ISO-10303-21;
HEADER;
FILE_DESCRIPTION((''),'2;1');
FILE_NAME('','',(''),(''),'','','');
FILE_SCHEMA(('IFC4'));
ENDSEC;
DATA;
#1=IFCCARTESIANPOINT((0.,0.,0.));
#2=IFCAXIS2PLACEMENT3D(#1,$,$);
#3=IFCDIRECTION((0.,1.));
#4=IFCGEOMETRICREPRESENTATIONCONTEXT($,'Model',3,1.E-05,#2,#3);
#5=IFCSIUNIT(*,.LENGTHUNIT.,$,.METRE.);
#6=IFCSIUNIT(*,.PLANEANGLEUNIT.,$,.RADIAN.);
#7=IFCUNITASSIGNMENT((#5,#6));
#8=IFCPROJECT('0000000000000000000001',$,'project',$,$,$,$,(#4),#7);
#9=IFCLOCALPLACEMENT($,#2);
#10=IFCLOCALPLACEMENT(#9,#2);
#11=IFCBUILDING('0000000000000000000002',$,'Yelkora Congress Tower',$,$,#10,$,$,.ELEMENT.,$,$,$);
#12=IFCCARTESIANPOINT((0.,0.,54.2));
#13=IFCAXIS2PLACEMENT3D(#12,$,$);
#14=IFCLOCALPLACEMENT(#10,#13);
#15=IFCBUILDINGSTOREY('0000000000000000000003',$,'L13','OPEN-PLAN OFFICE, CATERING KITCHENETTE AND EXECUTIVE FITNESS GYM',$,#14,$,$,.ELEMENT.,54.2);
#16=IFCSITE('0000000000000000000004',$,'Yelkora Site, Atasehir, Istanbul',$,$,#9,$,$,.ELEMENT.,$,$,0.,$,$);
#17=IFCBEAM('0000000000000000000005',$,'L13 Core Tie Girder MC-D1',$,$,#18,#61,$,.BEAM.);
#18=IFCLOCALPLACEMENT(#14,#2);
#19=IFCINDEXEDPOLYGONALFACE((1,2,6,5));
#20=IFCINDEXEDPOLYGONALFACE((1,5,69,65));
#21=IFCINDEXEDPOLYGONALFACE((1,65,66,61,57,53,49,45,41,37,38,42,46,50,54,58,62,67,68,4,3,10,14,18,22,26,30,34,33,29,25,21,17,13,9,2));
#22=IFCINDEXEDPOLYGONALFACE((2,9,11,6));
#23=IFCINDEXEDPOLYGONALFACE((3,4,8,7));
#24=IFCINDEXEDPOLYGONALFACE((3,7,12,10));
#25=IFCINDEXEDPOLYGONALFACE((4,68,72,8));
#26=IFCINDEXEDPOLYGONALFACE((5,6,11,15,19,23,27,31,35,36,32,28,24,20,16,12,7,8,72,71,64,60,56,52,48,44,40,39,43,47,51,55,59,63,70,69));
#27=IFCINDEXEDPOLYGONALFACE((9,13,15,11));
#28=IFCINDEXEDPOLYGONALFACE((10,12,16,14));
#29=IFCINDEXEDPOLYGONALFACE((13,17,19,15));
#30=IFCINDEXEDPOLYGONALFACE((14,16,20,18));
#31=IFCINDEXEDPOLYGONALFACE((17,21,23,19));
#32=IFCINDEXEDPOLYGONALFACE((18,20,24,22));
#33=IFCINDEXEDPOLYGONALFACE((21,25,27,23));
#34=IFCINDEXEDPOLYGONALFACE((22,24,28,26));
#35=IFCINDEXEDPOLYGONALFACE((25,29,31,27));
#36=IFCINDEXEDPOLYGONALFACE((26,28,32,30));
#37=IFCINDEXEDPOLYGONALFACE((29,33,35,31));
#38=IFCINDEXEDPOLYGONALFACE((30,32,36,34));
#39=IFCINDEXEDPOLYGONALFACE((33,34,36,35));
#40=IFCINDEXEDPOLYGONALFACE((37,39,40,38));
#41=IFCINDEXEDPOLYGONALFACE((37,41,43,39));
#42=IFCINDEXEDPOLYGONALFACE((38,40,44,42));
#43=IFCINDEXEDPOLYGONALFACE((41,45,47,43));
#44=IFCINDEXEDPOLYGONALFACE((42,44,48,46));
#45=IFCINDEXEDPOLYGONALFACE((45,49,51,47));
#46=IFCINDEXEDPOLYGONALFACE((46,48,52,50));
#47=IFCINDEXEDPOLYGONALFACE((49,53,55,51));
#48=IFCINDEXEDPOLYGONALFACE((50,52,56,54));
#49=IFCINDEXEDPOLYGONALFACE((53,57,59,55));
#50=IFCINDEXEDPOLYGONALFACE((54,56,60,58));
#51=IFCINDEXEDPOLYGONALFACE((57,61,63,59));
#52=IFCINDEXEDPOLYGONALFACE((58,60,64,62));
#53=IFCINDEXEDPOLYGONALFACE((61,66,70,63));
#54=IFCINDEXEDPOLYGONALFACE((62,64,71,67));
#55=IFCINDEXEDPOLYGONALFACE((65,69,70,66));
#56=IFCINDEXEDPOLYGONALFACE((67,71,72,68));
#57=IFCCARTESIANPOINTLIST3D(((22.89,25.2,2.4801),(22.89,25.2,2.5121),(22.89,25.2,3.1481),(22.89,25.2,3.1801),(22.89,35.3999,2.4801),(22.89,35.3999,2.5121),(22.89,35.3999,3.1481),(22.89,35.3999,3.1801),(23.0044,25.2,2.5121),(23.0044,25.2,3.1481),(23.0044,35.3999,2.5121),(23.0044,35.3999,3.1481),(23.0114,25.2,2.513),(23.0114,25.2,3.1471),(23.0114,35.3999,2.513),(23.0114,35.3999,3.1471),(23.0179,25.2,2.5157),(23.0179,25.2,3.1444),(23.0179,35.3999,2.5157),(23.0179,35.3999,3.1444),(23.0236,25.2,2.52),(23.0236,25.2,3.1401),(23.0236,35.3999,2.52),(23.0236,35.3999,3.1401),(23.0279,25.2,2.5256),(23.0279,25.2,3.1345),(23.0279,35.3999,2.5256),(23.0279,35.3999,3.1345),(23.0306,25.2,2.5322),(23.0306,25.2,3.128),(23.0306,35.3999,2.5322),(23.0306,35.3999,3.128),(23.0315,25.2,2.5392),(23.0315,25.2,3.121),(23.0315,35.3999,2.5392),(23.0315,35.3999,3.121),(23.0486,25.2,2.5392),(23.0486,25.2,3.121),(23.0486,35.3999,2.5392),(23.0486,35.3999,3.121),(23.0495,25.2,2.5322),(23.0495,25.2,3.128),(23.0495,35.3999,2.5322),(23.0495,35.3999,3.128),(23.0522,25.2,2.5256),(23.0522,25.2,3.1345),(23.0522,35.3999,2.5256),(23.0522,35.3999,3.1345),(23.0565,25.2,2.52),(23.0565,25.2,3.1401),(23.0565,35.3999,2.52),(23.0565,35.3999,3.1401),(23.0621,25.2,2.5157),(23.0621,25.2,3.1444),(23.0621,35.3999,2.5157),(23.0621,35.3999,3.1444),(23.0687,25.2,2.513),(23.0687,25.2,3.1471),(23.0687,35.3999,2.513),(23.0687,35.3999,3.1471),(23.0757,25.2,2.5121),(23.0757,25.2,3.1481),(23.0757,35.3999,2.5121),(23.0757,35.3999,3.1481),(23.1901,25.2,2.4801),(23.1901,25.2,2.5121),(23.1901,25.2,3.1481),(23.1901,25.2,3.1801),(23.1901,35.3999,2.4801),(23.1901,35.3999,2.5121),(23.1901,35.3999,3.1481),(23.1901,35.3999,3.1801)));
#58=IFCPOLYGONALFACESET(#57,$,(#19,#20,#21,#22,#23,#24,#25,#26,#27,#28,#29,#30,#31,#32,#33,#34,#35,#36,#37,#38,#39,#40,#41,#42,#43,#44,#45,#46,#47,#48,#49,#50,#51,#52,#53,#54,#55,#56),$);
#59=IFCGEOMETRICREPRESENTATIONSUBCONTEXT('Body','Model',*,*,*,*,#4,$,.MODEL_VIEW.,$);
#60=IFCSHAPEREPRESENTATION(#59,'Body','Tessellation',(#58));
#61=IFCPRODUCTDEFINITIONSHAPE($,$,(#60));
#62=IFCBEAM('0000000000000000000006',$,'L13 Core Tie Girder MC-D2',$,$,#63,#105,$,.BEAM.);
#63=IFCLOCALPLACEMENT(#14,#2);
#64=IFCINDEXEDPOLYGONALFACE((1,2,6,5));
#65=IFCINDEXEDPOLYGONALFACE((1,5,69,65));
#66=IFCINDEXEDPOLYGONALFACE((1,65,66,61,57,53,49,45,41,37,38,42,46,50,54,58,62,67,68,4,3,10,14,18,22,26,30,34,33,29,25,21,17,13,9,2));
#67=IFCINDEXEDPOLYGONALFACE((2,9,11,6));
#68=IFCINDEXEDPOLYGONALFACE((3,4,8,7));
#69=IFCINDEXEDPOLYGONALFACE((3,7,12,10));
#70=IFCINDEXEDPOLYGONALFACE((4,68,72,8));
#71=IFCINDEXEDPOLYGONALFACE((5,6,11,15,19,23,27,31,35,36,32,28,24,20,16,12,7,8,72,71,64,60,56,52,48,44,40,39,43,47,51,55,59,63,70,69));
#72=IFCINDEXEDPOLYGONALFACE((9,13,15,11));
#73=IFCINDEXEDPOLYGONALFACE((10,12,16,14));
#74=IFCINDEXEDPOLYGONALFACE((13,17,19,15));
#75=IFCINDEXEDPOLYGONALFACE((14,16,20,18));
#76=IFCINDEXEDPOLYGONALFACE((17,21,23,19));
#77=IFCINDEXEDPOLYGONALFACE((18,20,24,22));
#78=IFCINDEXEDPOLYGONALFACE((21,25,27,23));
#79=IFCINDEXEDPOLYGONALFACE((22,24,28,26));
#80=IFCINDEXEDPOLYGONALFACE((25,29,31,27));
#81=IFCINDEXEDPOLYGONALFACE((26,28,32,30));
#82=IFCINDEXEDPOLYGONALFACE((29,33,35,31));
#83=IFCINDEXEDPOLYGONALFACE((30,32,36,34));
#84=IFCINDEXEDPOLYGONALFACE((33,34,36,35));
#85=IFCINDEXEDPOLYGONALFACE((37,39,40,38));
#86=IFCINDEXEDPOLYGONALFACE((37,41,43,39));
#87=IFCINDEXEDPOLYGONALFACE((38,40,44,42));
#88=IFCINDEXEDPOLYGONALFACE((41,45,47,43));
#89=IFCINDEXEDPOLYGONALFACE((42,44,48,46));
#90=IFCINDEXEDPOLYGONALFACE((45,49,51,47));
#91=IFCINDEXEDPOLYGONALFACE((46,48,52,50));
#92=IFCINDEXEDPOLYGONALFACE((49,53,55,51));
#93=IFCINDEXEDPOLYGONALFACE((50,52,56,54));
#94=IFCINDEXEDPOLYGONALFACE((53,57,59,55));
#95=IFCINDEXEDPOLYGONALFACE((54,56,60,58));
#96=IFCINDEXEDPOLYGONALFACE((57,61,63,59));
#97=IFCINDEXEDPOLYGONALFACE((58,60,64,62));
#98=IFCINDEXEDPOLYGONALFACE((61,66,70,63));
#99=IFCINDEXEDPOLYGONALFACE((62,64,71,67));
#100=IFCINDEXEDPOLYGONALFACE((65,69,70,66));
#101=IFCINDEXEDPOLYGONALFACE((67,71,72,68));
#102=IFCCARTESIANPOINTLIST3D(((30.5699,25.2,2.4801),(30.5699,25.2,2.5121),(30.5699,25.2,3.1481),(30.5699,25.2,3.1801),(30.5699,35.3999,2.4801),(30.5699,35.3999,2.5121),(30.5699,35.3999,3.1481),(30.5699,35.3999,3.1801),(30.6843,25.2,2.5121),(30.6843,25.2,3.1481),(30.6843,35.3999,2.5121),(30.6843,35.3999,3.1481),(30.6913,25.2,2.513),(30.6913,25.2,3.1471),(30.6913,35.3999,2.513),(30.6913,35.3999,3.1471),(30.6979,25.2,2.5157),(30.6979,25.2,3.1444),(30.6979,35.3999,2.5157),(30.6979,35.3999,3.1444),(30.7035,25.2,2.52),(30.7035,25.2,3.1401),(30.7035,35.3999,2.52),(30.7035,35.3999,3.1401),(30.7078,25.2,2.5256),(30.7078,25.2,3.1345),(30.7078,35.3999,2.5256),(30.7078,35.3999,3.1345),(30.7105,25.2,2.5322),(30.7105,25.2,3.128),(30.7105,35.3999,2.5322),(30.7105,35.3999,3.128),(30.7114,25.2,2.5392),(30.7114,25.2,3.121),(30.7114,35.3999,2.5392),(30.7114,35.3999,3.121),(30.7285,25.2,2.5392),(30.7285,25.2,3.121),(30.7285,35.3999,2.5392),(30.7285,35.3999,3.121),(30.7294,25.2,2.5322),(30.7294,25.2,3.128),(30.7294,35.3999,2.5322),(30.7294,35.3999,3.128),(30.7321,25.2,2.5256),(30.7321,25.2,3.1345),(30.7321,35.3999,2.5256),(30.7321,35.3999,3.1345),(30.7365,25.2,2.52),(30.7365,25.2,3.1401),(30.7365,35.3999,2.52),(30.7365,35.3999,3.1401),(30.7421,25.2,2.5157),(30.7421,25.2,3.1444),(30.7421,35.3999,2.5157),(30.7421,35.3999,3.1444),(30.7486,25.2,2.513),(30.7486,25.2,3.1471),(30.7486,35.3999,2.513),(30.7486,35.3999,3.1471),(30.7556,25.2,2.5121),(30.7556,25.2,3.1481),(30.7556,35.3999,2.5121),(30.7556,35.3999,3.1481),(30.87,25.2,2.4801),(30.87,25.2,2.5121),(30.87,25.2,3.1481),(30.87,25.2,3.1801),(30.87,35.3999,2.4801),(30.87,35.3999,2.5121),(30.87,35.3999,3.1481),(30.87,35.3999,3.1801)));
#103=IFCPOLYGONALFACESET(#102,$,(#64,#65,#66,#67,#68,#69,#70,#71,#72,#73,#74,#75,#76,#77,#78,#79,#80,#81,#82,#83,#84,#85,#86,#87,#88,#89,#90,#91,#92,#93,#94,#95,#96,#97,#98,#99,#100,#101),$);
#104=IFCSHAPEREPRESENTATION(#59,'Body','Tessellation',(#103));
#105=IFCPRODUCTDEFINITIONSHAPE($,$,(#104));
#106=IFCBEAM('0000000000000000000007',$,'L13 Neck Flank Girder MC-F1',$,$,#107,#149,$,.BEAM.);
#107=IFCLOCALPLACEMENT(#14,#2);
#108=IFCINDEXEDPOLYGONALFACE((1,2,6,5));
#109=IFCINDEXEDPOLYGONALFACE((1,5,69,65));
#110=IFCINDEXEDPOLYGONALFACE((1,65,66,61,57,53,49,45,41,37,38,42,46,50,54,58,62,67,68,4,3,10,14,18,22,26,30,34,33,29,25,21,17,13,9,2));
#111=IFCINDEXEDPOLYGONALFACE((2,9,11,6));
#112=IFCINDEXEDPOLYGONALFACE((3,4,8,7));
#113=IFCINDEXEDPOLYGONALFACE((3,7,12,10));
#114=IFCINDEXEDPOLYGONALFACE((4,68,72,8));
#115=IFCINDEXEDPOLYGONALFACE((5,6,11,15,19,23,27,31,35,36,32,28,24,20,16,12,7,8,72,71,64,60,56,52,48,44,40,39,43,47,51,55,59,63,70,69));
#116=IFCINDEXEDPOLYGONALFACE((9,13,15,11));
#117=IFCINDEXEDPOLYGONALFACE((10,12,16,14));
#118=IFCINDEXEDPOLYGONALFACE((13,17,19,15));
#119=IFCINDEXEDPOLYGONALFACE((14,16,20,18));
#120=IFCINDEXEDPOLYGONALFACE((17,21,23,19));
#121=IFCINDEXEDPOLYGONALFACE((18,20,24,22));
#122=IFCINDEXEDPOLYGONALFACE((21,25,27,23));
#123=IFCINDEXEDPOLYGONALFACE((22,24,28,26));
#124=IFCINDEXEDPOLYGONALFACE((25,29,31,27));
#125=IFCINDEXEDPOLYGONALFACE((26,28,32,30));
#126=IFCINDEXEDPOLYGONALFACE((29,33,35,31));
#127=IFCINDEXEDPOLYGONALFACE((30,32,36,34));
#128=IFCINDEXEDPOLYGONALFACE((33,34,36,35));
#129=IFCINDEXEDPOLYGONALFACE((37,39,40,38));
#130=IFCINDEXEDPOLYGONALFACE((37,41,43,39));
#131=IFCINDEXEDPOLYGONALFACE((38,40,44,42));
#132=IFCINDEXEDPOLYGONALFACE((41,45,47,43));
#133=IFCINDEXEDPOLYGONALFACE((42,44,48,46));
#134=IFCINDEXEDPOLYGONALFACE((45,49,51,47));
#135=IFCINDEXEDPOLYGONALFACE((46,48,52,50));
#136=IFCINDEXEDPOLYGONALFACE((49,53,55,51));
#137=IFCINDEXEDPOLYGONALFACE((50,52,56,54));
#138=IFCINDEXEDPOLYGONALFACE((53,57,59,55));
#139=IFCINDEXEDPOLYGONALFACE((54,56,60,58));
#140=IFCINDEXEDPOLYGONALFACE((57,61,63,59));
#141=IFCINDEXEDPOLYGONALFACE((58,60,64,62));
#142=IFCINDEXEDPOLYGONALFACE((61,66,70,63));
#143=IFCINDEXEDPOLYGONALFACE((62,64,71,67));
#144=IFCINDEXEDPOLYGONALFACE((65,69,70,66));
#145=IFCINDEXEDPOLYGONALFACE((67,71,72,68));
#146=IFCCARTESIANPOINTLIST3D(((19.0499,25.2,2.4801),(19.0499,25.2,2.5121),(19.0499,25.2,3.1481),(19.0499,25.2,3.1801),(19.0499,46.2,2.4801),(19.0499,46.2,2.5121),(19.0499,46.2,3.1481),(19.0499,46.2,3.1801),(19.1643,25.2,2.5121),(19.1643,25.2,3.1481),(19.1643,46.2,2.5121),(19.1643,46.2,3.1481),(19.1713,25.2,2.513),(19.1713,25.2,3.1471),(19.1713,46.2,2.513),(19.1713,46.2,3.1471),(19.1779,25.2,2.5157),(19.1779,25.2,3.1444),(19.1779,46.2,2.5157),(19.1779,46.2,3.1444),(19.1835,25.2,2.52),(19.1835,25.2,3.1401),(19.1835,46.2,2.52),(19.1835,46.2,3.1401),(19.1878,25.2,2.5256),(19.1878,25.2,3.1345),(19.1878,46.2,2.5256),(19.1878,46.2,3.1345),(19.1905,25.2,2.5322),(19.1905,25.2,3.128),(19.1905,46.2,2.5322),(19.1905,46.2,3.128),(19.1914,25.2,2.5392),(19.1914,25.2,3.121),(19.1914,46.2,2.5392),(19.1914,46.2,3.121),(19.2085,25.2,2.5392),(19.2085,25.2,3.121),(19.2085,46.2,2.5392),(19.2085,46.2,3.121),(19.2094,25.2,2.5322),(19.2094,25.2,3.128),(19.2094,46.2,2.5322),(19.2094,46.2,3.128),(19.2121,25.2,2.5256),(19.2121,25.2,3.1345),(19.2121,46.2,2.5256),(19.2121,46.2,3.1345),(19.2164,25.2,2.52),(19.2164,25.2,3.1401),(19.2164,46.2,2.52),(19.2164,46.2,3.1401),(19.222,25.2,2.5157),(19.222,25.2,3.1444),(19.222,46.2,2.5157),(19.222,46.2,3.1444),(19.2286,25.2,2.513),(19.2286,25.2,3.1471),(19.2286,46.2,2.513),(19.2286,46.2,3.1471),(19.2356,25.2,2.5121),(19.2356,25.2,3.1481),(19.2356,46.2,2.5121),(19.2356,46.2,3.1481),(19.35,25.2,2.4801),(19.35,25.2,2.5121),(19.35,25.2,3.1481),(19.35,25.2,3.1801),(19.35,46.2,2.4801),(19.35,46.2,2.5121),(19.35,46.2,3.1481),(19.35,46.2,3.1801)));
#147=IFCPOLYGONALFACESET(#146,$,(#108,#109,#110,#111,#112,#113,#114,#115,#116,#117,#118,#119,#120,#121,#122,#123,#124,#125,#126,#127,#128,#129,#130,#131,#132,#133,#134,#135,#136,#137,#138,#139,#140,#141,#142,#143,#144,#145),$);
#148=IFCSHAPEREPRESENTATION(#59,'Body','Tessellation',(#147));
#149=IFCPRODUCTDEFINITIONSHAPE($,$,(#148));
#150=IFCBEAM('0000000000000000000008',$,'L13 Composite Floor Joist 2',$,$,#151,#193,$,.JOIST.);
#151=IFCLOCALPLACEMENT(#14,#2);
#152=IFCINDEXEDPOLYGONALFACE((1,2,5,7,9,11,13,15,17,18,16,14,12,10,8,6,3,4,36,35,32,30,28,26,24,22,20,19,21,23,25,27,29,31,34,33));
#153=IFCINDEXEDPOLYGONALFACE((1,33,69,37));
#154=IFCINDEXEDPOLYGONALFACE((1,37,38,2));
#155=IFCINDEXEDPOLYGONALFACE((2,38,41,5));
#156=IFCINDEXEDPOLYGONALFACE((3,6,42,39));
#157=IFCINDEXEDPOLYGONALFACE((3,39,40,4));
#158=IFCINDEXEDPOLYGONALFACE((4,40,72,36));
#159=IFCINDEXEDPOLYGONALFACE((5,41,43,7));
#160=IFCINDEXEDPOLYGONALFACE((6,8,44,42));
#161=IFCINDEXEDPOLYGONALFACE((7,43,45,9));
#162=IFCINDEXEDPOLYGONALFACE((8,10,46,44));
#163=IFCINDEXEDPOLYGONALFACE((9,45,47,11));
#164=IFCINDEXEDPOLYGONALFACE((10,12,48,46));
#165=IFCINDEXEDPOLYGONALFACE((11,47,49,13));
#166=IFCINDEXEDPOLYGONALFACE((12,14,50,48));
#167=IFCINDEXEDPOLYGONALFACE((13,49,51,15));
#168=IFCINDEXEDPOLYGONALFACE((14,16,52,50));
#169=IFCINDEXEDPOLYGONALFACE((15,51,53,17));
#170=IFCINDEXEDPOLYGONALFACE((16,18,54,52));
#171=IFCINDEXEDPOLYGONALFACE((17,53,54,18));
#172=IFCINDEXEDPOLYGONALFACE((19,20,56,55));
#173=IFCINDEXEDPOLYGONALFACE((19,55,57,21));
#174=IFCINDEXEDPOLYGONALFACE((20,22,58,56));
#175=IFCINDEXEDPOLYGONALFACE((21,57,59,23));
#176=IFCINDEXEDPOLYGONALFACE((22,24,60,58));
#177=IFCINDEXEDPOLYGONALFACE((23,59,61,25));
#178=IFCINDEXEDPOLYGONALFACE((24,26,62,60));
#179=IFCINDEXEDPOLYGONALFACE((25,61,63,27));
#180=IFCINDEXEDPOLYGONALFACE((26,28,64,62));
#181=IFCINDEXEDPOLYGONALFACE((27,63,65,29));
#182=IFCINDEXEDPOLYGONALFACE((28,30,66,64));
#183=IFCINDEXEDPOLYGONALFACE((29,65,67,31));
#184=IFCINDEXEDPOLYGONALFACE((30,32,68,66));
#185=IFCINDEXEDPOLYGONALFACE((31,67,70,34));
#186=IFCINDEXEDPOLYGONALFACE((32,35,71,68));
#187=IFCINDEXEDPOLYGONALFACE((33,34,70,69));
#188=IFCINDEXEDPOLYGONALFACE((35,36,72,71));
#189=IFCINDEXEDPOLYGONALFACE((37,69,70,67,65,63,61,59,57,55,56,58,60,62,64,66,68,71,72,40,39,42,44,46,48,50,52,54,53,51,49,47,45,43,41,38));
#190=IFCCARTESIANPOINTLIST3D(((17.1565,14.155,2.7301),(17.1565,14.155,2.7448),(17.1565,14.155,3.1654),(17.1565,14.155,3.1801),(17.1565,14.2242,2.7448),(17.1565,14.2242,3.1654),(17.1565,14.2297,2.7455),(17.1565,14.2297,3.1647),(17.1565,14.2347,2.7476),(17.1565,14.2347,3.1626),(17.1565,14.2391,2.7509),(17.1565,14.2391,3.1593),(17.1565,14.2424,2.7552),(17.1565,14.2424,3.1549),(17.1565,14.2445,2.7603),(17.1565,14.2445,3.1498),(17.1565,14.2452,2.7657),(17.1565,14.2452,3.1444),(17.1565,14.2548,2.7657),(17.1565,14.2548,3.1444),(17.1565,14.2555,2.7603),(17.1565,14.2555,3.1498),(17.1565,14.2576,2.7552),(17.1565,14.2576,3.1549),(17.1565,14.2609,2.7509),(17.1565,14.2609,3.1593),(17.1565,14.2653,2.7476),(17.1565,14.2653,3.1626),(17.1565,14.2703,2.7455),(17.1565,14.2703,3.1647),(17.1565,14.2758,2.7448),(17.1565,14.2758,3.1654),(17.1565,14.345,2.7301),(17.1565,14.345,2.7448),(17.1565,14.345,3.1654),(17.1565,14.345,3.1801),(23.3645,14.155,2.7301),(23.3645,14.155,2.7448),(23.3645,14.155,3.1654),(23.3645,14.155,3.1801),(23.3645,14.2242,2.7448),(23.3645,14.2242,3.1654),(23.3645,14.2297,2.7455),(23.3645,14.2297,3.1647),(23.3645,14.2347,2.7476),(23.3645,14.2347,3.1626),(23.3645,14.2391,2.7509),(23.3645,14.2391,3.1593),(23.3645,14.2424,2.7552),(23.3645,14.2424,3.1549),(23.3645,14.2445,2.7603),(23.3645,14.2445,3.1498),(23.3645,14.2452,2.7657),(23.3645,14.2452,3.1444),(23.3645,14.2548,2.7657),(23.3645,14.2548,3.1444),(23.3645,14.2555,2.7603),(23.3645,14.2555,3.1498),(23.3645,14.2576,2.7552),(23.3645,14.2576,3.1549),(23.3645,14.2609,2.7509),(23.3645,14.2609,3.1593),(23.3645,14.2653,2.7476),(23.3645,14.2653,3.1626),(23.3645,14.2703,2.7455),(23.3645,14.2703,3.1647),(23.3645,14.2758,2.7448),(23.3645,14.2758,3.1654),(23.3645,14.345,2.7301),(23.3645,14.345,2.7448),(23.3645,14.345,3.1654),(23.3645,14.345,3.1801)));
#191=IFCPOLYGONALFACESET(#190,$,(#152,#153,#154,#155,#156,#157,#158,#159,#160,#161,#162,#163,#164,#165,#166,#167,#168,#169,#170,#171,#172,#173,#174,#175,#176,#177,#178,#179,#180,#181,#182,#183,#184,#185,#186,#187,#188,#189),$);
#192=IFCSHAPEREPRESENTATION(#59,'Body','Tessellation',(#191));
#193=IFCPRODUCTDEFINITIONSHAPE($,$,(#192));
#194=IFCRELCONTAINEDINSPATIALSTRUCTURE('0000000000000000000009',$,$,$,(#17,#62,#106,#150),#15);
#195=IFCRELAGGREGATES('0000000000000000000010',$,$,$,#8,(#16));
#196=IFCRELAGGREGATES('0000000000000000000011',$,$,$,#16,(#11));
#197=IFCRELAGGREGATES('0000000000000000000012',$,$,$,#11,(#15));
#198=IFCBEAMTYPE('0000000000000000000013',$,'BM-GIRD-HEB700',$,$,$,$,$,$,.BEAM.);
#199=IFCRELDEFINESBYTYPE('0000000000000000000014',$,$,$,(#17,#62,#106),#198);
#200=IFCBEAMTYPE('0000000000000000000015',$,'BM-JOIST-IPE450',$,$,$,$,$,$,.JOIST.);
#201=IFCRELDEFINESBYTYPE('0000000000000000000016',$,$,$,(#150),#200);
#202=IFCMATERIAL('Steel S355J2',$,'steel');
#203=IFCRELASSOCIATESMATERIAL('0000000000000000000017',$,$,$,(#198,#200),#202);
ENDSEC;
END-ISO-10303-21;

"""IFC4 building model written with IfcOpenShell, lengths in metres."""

from ifc_helpers import new_model, si_unit, direction, frame, origin, origin_2d, place, context, subcontext, project, spatial, i_section, extrude, material, material_profile, profile_set, type_object, element, save


model = new_model("IFC4")

# Units and contexts
model_context = context("Model", 3, precision=1e-05, world=origin(), true_north=direction((0.0, 1.0)))
body_context = subcontext(model_context, "Body", "Model", "MODEL_VIEW")
ifc_project = project(units=[si_unit("LENGTHUNIT", "METRE"), si_unit("PLANEANGLEUNIT", "RADIAN")], contexts=[model_context])

# Site, building, storey
site_placement = place(None, origin())
site = spatial("IfcSite", under=ifc_project, at=site_placement, Name="Yelkora Site, Atasehir, Istanbul", CompositionType="ELEMENT", RefElevation=0.0)
building_placement = place(site_placement, origin())
building = spatial("IfcBuilding", under=site, at=building_placement, Name="Yelkora Congress Tower", CompositionType="ELEMENT")
storey_placement = place(building_placement, frame((0.0, 0.0, 54.2)))
storey = spatial("IfcBuildingStorey", under=building, at=storey_placement, Name="L13", Description="OPEN-PLAN OFFICE, CATERING KITCHENETTE AND EXECUTIVE FITNESS GYM", CompositionType="ELEMENT", Elevation=54.2)

# Beams
ifc_material_1 = material(Name="Steel S355J2", Category="steel")
ifc_material_profile_1 = material_profile(ifc_material_1, i_section(OverallWidth=0.3, OverallDepth=0.7, WebThickness=0.0171, FlangeThickness=0.032, FilletRadius=0.0271, at=origin_2d()), Name="HEB 700")
ifc_profile_set_1 = profile_set([ifc_material_profile_1], Name="Steel S355J2")
beam_type_1 = type_object("IfcBeamType", Name="BM-GIRD-HEB700", PredefinedType="BEAM", material=ifc_profile_set_1)
for number, where, z_axis, x_axis, name in (
    (1, (23.04, 25.2, 2.8301), (0.0, 1.0, 0.0), (-1.0, 0.0, 0.0), "L13 Core Tie Girder MC-D1"),
    (2, (30.72, 25.2, 2.8301), (0.0, 1.0, 0.0), (-1.0, 0.0, 0.0), "L13 Core Tie Girder MC-D2"),
):
    element("IfcBeam", number, at=place(storey_placement, frame(where, z_axis=z_axis, x_axis=x_axis)), inside=storey, type_object=beam_type_1, Name=name, PredefinedType="BEAM", context=body_context, shape_type="SweptSolid", body=[
        extrude(i_section(OverallWidth=0.3, OverallDepth=0.7, WebThickness=0.0171, FlangeThickness=0.032, FilletRadius=0.0271, at=origin_2d()), origin(), (0.0, 0.0, 1.0), 10.2),
    ])
beam_1_placement = place(storey_placement, frame((19.2, 25.2, 2.8301), z_axis=(0.0, 1.0, 0.0), x_axis=(-1.0, 0.0, 0.0)))
element("IfcBeam", 3, at=beam_1_placement, inside=storey, type_object=beam_type_1, Name="L13 Neck Flank Girder MC-F1", PredefinedType="BEAM", context=body_context, shape_type="SweptSolid", body=[
    extrude(i_section(OverallWidth=0.3, OverallDepth=0.7, WebThickness=0.0171, FlangeThickness=0.032, FilletRadius=0.0271, at=origin_2d()), origin(), (0.0, 0.0, 1.0), 21.0),
])
ifc_material_profile_2 = material_profile(ifc_material_1, i_section(OverallWidth=0.1899, OverallDepth=0.45, WebThickness=0.0095, FlangeThickness=0.0146, FilletRadius=0.021, at=origin_2d()), Name="IPE 450")
ifc_profile_set_2 = profile_set([ifc_material_profile_2], Name="Steel S355J2")
beam_type_2 = type_object("IfcBeamType", Name="BM-JOIST-IPE450", PredefinedType="JOIST", material=ifc_profile_set_2)
beam_2_placement = place(storey_placement, frame((17.1565, 14.25, 2.9551), z_axis=(1.0, 0.0, 0.0), x_axis=(0.0, 1.0, 0.0)))
element("IfcBeam", 4, at=beam_2_placement, inside=storey, type_object=beam_type_2, Name="L13 Composite Floor Joist 2", PredefinedType="JOIST", context=body_context, shape_type="SweptSolid", body=[
    extrude(i_section(OverallWidth=0.1899, OverallDepth=0.45, WebThickness=0.0095, FlangeThickness=0.0146, FilletRadius=0.021, at=origin_2d()), origin(), (0.0, 0.0, 1.0), 6.208),
])

save(model, "model.ifc")
